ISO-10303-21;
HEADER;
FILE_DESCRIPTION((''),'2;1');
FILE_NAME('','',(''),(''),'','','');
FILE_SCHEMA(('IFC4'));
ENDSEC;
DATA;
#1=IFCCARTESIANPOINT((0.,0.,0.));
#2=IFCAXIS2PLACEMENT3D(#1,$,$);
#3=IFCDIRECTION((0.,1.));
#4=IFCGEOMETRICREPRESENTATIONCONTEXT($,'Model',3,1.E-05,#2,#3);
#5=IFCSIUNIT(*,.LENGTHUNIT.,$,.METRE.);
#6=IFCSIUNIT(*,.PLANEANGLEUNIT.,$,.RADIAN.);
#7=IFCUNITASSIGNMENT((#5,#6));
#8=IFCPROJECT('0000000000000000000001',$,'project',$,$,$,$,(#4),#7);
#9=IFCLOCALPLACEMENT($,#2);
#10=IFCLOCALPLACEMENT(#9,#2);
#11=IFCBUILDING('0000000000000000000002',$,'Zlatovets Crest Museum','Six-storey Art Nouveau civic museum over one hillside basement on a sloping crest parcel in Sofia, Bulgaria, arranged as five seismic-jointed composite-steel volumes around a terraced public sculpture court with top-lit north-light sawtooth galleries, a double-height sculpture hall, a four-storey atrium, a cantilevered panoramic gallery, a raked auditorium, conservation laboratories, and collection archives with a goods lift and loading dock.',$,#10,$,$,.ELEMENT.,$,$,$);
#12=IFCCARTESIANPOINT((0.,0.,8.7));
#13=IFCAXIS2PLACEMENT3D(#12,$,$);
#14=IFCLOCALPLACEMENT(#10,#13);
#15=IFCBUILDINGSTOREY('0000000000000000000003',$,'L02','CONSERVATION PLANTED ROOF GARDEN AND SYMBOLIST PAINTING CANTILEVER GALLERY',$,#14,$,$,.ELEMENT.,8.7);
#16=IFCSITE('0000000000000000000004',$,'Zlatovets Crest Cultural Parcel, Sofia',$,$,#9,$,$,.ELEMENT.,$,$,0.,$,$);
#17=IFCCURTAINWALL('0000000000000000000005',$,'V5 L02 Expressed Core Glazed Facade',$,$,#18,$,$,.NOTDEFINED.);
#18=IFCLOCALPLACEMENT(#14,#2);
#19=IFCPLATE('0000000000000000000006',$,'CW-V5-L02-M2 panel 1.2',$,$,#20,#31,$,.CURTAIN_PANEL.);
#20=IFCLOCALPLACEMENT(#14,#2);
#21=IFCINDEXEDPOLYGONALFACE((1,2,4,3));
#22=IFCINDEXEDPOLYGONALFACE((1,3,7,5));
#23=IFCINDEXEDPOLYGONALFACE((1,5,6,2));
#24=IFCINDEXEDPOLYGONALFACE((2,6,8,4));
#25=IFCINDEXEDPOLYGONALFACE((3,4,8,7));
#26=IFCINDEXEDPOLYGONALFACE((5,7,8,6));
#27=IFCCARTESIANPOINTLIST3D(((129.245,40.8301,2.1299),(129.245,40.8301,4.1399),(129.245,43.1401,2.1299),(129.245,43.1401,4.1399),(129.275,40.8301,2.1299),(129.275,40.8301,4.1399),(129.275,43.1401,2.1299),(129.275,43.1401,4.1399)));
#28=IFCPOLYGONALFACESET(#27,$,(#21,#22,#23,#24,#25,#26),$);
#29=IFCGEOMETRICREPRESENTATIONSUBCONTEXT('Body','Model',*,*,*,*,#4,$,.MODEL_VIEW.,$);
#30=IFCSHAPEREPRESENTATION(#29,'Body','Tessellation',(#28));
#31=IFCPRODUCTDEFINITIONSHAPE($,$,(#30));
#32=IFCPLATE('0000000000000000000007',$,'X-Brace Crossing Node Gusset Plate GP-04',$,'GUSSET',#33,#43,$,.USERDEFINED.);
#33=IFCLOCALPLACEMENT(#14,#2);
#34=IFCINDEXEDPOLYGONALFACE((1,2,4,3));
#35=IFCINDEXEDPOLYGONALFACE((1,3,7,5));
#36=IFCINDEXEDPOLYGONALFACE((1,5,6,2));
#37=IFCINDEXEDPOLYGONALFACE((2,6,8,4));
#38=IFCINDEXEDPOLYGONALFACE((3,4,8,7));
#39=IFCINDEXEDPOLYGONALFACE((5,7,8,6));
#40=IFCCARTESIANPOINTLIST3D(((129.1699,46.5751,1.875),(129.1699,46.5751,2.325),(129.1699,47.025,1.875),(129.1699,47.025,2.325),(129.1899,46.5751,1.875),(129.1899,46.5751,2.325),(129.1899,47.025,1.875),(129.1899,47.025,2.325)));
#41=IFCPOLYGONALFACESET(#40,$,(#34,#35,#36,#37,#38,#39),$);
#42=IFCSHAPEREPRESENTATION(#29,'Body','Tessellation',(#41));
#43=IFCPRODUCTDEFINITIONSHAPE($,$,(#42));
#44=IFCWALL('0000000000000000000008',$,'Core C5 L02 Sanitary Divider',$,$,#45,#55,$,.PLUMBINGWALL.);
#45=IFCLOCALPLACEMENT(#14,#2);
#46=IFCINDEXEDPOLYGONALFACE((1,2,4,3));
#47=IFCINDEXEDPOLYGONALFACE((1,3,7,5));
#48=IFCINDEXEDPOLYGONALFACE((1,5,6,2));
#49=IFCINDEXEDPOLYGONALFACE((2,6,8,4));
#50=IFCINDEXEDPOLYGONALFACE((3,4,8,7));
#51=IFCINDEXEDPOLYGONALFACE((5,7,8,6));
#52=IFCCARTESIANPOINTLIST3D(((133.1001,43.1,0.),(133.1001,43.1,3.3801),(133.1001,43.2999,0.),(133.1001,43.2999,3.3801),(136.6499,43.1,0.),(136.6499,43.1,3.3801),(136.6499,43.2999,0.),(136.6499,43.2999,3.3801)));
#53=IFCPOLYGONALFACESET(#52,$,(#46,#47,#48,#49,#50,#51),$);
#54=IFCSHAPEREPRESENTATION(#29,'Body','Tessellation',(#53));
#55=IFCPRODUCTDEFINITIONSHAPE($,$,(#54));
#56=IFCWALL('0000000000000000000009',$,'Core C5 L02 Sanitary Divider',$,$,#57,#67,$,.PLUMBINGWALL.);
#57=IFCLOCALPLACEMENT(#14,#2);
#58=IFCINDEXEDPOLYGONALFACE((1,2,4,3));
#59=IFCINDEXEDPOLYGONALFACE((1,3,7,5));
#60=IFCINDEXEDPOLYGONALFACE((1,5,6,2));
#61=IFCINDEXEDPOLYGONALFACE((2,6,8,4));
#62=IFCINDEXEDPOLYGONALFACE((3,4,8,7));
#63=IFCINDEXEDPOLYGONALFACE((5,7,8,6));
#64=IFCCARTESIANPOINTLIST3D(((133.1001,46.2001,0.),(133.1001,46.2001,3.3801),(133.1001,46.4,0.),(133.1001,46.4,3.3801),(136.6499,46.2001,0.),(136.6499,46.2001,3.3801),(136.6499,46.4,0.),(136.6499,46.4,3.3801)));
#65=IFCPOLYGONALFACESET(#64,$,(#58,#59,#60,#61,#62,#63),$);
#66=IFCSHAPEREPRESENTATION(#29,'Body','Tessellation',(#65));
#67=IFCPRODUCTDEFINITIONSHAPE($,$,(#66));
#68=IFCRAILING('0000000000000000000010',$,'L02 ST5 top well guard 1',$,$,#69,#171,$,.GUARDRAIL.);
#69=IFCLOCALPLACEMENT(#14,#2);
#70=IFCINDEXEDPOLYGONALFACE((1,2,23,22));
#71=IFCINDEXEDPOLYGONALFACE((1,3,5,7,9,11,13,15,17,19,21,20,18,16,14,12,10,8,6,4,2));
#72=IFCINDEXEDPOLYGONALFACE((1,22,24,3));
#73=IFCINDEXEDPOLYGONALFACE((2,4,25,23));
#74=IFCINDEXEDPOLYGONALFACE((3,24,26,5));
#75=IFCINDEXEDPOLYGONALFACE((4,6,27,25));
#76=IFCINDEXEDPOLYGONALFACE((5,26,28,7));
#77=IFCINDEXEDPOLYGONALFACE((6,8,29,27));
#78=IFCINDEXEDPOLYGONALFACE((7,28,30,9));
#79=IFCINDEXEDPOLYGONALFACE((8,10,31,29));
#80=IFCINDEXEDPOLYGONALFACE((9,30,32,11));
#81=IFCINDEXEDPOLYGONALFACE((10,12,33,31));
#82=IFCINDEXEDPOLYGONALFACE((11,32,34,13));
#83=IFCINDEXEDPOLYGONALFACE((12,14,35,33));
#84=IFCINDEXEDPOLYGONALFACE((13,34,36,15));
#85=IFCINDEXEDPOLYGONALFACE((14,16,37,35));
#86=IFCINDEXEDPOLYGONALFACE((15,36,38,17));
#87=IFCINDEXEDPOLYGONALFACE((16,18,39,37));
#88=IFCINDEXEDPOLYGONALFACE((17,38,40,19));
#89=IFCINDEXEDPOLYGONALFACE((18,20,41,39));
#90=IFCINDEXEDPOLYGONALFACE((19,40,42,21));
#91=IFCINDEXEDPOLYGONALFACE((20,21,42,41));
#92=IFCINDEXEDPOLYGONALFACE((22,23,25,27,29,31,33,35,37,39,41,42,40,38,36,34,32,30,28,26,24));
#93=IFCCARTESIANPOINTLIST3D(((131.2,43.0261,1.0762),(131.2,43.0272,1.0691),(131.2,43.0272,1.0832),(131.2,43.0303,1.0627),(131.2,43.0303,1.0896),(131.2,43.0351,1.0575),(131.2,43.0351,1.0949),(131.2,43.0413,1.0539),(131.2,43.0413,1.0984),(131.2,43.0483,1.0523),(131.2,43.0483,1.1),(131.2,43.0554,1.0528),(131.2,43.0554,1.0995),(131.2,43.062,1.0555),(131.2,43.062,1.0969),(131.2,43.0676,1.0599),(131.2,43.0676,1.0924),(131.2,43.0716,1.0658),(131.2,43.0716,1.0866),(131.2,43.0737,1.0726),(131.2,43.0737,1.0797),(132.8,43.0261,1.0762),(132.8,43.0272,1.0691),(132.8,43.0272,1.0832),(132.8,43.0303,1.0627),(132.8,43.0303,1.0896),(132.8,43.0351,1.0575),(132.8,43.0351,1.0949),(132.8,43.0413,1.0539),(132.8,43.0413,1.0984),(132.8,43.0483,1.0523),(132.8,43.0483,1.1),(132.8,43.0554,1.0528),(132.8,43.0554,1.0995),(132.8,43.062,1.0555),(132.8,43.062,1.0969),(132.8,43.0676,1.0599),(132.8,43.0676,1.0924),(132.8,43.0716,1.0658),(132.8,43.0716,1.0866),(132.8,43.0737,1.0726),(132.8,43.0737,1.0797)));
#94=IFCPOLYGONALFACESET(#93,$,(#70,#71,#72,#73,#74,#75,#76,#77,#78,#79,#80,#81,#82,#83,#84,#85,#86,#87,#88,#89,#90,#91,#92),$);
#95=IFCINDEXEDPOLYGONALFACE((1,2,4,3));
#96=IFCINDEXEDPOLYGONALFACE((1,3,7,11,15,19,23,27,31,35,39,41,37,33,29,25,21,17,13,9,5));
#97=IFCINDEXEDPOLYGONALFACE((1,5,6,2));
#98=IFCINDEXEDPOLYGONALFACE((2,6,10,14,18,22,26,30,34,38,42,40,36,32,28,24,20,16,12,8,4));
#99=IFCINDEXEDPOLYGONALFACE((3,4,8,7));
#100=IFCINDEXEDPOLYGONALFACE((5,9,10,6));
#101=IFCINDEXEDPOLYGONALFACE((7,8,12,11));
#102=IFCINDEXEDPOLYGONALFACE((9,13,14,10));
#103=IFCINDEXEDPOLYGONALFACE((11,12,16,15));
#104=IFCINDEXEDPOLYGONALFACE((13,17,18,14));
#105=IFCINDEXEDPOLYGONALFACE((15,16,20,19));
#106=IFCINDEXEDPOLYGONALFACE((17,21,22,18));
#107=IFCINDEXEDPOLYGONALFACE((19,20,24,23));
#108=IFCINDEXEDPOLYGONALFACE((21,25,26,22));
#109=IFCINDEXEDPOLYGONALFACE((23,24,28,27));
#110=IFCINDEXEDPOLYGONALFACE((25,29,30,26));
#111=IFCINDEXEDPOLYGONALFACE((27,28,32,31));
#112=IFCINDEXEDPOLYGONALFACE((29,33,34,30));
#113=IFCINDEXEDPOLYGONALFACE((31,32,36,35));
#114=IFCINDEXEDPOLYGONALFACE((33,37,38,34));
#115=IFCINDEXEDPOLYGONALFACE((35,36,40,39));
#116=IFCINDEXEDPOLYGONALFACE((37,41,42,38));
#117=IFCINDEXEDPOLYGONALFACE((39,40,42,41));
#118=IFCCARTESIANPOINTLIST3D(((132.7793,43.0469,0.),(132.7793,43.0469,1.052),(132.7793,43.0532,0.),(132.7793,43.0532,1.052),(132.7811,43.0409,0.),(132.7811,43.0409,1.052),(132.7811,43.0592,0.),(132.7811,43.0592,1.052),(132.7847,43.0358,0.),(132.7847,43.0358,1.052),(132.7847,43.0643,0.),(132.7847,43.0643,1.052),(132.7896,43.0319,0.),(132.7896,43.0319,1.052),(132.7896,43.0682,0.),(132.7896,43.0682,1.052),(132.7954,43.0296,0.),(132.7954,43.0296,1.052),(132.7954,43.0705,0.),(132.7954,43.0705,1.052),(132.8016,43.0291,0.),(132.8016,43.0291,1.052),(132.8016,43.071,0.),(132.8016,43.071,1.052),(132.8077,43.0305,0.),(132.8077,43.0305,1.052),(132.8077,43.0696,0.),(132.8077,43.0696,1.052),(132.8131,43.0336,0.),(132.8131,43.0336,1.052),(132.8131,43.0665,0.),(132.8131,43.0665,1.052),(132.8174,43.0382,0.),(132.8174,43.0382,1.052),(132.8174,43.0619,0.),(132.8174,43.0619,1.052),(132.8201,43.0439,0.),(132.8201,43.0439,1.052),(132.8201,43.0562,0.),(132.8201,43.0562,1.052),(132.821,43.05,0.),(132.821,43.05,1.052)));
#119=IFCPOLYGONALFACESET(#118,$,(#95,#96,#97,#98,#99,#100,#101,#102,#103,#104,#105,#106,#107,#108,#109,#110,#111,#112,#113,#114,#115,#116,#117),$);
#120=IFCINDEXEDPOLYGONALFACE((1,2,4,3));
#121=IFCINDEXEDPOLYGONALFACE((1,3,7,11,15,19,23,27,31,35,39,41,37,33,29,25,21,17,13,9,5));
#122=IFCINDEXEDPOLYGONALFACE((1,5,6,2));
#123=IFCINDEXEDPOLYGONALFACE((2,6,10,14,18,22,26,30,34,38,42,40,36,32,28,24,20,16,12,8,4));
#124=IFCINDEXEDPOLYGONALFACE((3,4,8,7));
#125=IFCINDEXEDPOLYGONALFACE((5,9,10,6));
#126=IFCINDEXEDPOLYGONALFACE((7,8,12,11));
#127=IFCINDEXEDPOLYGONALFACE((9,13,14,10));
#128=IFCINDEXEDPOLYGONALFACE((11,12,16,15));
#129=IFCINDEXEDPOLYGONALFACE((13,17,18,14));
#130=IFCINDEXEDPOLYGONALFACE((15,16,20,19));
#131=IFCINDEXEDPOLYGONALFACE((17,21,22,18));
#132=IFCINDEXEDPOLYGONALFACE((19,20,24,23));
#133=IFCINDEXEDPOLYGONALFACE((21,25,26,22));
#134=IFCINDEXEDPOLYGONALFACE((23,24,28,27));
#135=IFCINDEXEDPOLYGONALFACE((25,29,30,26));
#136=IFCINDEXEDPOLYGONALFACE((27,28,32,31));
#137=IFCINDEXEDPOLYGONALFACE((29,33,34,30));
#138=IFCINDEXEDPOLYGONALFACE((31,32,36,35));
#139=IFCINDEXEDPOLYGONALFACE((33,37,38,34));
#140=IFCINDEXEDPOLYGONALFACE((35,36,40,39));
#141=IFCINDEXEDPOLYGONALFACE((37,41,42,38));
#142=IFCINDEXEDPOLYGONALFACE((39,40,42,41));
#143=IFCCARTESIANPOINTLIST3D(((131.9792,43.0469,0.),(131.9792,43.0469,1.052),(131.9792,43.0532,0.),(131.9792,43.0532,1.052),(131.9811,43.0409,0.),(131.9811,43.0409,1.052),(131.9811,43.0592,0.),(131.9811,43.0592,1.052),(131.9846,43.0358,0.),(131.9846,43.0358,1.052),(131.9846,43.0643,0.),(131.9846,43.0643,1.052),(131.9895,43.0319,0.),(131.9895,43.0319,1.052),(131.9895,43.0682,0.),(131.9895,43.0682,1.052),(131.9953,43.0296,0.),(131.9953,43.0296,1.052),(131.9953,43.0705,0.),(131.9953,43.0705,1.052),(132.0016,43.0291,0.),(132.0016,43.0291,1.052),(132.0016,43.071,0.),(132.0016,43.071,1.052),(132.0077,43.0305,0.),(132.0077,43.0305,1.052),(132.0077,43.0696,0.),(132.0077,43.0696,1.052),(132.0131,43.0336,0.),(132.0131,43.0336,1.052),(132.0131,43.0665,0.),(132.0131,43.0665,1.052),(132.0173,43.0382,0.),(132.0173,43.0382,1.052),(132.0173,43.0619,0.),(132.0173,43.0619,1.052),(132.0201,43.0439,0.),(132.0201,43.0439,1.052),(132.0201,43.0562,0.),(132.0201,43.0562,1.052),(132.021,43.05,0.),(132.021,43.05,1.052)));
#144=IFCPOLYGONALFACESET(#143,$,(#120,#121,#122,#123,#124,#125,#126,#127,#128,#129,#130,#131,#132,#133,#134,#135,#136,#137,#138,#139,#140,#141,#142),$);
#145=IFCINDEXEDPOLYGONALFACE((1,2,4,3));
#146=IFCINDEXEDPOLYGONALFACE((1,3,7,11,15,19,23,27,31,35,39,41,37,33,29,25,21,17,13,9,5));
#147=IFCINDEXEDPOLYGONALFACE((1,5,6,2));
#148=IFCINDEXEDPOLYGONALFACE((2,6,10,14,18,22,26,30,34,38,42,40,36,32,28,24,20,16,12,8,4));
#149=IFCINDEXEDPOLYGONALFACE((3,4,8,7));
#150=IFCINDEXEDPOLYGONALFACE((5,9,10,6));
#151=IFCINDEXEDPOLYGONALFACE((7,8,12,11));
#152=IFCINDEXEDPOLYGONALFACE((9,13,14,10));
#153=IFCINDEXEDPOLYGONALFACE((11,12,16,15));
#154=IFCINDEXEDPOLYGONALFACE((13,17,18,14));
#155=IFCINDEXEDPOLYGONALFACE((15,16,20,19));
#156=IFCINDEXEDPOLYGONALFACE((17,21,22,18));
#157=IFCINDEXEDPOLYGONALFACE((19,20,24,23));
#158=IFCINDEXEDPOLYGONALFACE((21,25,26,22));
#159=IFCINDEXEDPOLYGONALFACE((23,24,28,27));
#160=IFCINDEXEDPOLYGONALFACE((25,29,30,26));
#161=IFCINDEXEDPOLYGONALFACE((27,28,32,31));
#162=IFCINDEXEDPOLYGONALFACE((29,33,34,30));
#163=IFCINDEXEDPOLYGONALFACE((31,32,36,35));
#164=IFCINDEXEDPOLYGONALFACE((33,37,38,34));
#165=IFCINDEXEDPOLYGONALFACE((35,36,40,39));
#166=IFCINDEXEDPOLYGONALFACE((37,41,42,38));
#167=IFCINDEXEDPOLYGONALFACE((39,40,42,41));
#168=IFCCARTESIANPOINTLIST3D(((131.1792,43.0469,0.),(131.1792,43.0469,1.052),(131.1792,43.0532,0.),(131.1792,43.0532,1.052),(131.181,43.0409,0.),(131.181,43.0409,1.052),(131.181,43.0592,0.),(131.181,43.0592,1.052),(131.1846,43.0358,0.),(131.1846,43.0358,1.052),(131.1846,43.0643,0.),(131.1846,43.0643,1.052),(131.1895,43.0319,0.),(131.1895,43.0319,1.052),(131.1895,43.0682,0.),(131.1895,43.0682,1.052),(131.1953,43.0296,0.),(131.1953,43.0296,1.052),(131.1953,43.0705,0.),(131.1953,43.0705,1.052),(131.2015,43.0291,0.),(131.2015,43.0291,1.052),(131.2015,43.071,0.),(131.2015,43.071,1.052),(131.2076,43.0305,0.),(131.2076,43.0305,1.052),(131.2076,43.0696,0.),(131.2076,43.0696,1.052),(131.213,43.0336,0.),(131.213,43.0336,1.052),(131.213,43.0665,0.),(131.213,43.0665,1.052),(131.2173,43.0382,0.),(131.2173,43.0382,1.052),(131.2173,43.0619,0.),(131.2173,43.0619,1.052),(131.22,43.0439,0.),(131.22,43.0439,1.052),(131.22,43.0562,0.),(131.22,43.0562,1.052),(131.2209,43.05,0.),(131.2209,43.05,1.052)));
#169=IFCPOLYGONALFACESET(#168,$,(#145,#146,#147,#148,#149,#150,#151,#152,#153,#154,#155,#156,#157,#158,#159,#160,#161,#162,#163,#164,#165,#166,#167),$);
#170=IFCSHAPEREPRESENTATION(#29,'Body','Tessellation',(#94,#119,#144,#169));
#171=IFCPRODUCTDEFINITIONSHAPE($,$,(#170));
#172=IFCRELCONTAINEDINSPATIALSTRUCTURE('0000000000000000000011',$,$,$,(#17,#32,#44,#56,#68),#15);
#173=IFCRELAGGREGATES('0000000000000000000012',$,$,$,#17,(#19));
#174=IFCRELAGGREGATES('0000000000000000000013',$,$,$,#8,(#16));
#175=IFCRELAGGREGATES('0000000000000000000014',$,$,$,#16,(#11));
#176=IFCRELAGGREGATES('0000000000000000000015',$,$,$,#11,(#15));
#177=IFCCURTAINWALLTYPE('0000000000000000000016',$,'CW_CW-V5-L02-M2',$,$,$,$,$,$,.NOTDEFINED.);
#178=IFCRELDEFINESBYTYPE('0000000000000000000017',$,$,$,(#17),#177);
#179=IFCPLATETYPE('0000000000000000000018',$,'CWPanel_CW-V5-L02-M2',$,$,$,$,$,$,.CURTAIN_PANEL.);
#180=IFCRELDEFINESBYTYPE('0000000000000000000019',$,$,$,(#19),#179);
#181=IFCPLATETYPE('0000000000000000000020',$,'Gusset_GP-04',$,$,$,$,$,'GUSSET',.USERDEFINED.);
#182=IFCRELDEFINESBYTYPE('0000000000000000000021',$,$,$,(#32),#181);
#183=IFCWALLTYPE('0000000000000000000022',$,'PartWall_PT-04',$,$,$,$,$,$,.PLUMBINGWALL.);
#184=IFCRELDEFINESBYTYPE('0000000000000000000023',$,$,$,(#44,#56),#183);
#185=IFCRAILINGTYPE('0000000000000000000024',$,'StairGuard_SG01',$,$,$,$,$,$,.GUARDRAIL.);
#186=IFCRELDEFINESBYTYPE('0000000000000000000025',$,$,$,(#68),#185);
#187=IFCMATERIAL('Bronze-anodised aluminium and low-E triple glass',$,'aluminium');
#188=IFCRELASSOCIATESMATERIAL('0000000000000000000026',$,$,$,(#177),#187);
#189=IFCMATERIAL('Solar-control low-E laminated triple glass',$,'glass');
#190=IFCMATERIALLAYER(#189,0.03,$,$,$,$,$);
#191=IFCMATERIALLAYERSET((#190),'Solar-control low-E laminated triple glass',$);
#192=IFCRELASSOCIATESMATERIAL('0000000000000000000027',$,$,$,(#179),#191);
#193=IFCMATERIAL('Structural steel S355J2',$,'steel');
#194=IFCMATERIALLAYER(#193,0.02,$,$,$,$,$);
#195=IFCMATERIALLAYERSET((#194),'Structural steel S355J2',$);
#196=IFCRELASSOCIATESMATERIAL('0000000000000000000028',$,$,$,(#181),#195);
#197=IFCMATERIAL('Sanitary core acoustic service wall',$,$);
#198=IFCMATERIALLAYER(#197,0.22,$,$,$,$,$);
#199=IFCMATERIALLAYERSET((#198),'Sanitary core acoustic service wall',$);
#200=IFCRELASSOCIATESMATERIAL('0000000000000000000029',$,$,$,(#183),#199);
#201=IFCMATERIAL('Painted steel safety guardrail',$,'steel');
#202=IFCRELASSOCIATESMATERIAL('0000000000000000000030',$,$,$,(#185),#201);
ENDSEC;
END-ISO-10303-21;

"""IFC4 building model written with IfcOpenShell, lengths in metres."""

from ifc_helpers import new_model, si_unit, direction, frame, frame_2d, origin, origin_2d, place, context, subcontext, project, spatial, rectangle, circle, extrude, material, layer, layer_set, type_object, element, aggregate, save


model = new_model("IFC4")

# Units and contexts
model_context = context("Model", 3, precision=1e-05, world=origin(), true_north=direction((0.0, 1.0)))
body_context = subcontext(model_context, "Body", "Model", "MODEL_VIEW")
ifc_project = project(units=[si_unit("LENGTHUNIT", "METRE"), si_unit("PLANEANGLEUNIT", "RADIAN")], contexts=[model_context])

# Site, building, storey
site_placement = place(None, origin())
site = spatial("IfcSite", under=ifc_project, at=site_placement, Name="Zlatovets Crest Cultural Parcel, Sofia", CompositionType="ELEMENT", RefElevation=0.0)
building_placement = place(site_placement, origin())
building = spatial("IfcBuilding", under=site, at=building_placement, Name="Zlatovets Crest Museum", Description="Six-storey Art Nouveau civic museum over one hillside basement on a sloping crest parcel in Sofia, Bulgaria, arranged as five seismic-jointed composite-steel volumes around a terraced public sculpture court with top-lit north-light sawtooth galleries, a double-height sculpture hall, a four-storey atrium, a cantilevered panoramic gallery, a raked auditorium, conservation laboratories, and collection archives with a goods lift and loading dock.", CompositionType="ELEMENT")
storey_placement = place(building_placement, frame((0.0, 0.0, 8.7)))
storey = spatial("IfcBuildingStorey", under=building, at=storey_placement, Name="L02", Description="CONSERVATION PLANTED ROOF GARDEN AND SYMBOLIST PAINTING CANTILEVER GALLERY", CompositionType="ELEMENT", Elevation=8.7)

# Shared definitions
ifc_material_1 = material(Name="Structural steel S355J2", Category="steel")

# Shared definitions
ifc_material_2 = material(Name="Bronze-anodised aluminium and low-E triple glass", Category="aluminium")

# Curtain wall
curtain_wall_type_1 = type_object("IfcCurtainWallType", Name="CW_CW-V5-L02-M2", PredefinedType="NOTDEFINED", material=ifc_material_2)
curtain_wall_1_placement = place(storey_placement, origin())
curtain_wall_1 = element("IfcCurtainWall", 1, at=curtain_wall_1_placement, inside=storey, type_object=curtain_wall_type_1, Name="V5 L02 Expressed Core Glazed Facade", PredefinedType="NOTDEFINED")

# Plates
ifc_material_3 = material(Name="Solar-control low-E laminated triple glass", Category="glass")
ifc_layer_1 = layer(ifc_material_3, 0.03)
ifc_layer_set_1 = layer_set([ifc_layer_1], Name="Solar-control low-E laminated triple glass")
plate_type_1 = type_object("IfcPlateType", Name="CWPanel_CW-V5-L02-M2", PredefinedType="CURTAIN_PANEL", material=ifc_layer_set_1)
plate_1_placement = place(storey_placement, frame((129.26, 41.9851, 2.1299), z_axis=(0.0, 0.0, 1.0), x_axis=(0.0, -1.0, 0.0)))
plate_1 = element("IfcPlate", 2, at=plate_1_placement, type_object=plate_type_1, Name="CW-V5-L02-M2 panel 1.2", PredefinedType="CURTAIN_PANEL", context=body_context, shape_type="SweptSolid", body=[
    extrude(rectangle(XDim=2.3101, YDim=0.03, at=origin_2d()), origin(), (0.0, 0.0, 1.0), 2.01),
])
aggregate(curtain_wall_1, [plate_1])
ifc_layer_2 = layer(ifc_material_1, 0.02)
ifc_layer_set_2 = layer_set([ifc_layer_2], Name="Structural steel S355J2")
plate_type_2 = type_object("IfcPlateType", Name="Gusset_GP-04", ElementType="GUSSET", PredefinedType="USERDEFINED", material=ifc_layer_set_2)
plate_2_placement = place(storey_placement, frame((129.1799, 46.8, 1.875), z_axis=(0.0, 0.0, 1.0), x_axis=(1.0, 0.0, 0.0)))
element("IfcPlate", 3, at=plate_2_placement, inside=storey, type_object=plate_type_2, Name="X-Brace Crossing Node Gusset Plate GP-04", ObjectType="GUSSET", PredefinedType="USERDEFINED", context=body_context, shape_type="SweptSolid", body=[
    extrude(rectangle(XDim=0.02, YDim=0.45, at=origin_2d()), origin(), (0.0, 0.0, 1.0), 0.45),
])

# Walls
ifc_material_4 = material(Name="Sanitary core acoustic service wall")
ifc_layer_3 = layer(ifc_material_4, 0.22)
ifc_layer_set_3 = layer_set([ifc_layer_3], Name="Sanitary core acoustic service wall")
wall_type = type_object("IfcWallType", Name="PartWall_PT-04", PredefinedType="PLUMBINGWALL", material=ifc_layer_set_3)
for number, where, z_axis, x_axis, name in (
    (4, (133.1001, 43.2, 0.0), (0.0, 0.0, 1.0), (1.0, 0.0, 0.0), "Core C5 L02 Sanitary Divider"),
    (5, (133.1001, 46.3, 0.0), (0.0, 0.0, 1.0), (1.0, 0.0, 0.0), "Core C5 L02 Sanitary Divider"),
):
    element("IfcWall", number, at=place(storey_placement, frame(where, z_axis=z_axis, x_axis=x_axis)), inside=storey, type_object=wall_type, Name=name, PredefinedType="PLUMBINGWALL", context=body_context, shape_type="SweptSolid", body=[
        extrude(rectangle(XDim=3.5498, YDim=0.2, at=frame_2d((1.7749, 0.0))), origin(), (0.0, 0.0, 1.0), 3.3801),
    ])

# Railing
ifc_material_5 = material(Name="Painted steel safety guardrail", Category="steel")
railing_type = type_object("IfcRailingType", Name="StairGuard_SG01", PredefinedType="GUARDRAIL", material=ifc_material_5)
railing_placement = place(storey_placement, frame((132.8, 43.05, 0.0)))
element("IfcRailing", 6, at=railing_placement, inside=storey, type_object=railing_type, Name="L02 ST5 top well guard 1", PredefinedType="GUARDRAIL", context=body_context, shape_type="SweptSolid", body=[
    extrude(circle(Radius=0.0239, at=origin_2d()), frame((0.0, 0.0, 1.0762), z_axis=(-1.0, 0.0, 0.0), x_axis=(0.0, -1.0, 0.0)), (0.0, 0.0, 1.0), 1.6001),
    extrude(circle(Radius=0.021, at=origin_2d()), origin(), (0.0, 0.0, 1.0), 1.052),
    extrude(circle(Radius=0.021, at=origin_2d()), frame((-0.8, 0.0, 0.0)), (0.0, 0.0, 1.0), 1.052),
    extrude(circle(Radius=0.021, at=origin_2d()), frame((-1.6001, 0.0, 0.0)), (0.0, 0.0, 1.0), 1.052),
])

save(model, "model.ifc")
